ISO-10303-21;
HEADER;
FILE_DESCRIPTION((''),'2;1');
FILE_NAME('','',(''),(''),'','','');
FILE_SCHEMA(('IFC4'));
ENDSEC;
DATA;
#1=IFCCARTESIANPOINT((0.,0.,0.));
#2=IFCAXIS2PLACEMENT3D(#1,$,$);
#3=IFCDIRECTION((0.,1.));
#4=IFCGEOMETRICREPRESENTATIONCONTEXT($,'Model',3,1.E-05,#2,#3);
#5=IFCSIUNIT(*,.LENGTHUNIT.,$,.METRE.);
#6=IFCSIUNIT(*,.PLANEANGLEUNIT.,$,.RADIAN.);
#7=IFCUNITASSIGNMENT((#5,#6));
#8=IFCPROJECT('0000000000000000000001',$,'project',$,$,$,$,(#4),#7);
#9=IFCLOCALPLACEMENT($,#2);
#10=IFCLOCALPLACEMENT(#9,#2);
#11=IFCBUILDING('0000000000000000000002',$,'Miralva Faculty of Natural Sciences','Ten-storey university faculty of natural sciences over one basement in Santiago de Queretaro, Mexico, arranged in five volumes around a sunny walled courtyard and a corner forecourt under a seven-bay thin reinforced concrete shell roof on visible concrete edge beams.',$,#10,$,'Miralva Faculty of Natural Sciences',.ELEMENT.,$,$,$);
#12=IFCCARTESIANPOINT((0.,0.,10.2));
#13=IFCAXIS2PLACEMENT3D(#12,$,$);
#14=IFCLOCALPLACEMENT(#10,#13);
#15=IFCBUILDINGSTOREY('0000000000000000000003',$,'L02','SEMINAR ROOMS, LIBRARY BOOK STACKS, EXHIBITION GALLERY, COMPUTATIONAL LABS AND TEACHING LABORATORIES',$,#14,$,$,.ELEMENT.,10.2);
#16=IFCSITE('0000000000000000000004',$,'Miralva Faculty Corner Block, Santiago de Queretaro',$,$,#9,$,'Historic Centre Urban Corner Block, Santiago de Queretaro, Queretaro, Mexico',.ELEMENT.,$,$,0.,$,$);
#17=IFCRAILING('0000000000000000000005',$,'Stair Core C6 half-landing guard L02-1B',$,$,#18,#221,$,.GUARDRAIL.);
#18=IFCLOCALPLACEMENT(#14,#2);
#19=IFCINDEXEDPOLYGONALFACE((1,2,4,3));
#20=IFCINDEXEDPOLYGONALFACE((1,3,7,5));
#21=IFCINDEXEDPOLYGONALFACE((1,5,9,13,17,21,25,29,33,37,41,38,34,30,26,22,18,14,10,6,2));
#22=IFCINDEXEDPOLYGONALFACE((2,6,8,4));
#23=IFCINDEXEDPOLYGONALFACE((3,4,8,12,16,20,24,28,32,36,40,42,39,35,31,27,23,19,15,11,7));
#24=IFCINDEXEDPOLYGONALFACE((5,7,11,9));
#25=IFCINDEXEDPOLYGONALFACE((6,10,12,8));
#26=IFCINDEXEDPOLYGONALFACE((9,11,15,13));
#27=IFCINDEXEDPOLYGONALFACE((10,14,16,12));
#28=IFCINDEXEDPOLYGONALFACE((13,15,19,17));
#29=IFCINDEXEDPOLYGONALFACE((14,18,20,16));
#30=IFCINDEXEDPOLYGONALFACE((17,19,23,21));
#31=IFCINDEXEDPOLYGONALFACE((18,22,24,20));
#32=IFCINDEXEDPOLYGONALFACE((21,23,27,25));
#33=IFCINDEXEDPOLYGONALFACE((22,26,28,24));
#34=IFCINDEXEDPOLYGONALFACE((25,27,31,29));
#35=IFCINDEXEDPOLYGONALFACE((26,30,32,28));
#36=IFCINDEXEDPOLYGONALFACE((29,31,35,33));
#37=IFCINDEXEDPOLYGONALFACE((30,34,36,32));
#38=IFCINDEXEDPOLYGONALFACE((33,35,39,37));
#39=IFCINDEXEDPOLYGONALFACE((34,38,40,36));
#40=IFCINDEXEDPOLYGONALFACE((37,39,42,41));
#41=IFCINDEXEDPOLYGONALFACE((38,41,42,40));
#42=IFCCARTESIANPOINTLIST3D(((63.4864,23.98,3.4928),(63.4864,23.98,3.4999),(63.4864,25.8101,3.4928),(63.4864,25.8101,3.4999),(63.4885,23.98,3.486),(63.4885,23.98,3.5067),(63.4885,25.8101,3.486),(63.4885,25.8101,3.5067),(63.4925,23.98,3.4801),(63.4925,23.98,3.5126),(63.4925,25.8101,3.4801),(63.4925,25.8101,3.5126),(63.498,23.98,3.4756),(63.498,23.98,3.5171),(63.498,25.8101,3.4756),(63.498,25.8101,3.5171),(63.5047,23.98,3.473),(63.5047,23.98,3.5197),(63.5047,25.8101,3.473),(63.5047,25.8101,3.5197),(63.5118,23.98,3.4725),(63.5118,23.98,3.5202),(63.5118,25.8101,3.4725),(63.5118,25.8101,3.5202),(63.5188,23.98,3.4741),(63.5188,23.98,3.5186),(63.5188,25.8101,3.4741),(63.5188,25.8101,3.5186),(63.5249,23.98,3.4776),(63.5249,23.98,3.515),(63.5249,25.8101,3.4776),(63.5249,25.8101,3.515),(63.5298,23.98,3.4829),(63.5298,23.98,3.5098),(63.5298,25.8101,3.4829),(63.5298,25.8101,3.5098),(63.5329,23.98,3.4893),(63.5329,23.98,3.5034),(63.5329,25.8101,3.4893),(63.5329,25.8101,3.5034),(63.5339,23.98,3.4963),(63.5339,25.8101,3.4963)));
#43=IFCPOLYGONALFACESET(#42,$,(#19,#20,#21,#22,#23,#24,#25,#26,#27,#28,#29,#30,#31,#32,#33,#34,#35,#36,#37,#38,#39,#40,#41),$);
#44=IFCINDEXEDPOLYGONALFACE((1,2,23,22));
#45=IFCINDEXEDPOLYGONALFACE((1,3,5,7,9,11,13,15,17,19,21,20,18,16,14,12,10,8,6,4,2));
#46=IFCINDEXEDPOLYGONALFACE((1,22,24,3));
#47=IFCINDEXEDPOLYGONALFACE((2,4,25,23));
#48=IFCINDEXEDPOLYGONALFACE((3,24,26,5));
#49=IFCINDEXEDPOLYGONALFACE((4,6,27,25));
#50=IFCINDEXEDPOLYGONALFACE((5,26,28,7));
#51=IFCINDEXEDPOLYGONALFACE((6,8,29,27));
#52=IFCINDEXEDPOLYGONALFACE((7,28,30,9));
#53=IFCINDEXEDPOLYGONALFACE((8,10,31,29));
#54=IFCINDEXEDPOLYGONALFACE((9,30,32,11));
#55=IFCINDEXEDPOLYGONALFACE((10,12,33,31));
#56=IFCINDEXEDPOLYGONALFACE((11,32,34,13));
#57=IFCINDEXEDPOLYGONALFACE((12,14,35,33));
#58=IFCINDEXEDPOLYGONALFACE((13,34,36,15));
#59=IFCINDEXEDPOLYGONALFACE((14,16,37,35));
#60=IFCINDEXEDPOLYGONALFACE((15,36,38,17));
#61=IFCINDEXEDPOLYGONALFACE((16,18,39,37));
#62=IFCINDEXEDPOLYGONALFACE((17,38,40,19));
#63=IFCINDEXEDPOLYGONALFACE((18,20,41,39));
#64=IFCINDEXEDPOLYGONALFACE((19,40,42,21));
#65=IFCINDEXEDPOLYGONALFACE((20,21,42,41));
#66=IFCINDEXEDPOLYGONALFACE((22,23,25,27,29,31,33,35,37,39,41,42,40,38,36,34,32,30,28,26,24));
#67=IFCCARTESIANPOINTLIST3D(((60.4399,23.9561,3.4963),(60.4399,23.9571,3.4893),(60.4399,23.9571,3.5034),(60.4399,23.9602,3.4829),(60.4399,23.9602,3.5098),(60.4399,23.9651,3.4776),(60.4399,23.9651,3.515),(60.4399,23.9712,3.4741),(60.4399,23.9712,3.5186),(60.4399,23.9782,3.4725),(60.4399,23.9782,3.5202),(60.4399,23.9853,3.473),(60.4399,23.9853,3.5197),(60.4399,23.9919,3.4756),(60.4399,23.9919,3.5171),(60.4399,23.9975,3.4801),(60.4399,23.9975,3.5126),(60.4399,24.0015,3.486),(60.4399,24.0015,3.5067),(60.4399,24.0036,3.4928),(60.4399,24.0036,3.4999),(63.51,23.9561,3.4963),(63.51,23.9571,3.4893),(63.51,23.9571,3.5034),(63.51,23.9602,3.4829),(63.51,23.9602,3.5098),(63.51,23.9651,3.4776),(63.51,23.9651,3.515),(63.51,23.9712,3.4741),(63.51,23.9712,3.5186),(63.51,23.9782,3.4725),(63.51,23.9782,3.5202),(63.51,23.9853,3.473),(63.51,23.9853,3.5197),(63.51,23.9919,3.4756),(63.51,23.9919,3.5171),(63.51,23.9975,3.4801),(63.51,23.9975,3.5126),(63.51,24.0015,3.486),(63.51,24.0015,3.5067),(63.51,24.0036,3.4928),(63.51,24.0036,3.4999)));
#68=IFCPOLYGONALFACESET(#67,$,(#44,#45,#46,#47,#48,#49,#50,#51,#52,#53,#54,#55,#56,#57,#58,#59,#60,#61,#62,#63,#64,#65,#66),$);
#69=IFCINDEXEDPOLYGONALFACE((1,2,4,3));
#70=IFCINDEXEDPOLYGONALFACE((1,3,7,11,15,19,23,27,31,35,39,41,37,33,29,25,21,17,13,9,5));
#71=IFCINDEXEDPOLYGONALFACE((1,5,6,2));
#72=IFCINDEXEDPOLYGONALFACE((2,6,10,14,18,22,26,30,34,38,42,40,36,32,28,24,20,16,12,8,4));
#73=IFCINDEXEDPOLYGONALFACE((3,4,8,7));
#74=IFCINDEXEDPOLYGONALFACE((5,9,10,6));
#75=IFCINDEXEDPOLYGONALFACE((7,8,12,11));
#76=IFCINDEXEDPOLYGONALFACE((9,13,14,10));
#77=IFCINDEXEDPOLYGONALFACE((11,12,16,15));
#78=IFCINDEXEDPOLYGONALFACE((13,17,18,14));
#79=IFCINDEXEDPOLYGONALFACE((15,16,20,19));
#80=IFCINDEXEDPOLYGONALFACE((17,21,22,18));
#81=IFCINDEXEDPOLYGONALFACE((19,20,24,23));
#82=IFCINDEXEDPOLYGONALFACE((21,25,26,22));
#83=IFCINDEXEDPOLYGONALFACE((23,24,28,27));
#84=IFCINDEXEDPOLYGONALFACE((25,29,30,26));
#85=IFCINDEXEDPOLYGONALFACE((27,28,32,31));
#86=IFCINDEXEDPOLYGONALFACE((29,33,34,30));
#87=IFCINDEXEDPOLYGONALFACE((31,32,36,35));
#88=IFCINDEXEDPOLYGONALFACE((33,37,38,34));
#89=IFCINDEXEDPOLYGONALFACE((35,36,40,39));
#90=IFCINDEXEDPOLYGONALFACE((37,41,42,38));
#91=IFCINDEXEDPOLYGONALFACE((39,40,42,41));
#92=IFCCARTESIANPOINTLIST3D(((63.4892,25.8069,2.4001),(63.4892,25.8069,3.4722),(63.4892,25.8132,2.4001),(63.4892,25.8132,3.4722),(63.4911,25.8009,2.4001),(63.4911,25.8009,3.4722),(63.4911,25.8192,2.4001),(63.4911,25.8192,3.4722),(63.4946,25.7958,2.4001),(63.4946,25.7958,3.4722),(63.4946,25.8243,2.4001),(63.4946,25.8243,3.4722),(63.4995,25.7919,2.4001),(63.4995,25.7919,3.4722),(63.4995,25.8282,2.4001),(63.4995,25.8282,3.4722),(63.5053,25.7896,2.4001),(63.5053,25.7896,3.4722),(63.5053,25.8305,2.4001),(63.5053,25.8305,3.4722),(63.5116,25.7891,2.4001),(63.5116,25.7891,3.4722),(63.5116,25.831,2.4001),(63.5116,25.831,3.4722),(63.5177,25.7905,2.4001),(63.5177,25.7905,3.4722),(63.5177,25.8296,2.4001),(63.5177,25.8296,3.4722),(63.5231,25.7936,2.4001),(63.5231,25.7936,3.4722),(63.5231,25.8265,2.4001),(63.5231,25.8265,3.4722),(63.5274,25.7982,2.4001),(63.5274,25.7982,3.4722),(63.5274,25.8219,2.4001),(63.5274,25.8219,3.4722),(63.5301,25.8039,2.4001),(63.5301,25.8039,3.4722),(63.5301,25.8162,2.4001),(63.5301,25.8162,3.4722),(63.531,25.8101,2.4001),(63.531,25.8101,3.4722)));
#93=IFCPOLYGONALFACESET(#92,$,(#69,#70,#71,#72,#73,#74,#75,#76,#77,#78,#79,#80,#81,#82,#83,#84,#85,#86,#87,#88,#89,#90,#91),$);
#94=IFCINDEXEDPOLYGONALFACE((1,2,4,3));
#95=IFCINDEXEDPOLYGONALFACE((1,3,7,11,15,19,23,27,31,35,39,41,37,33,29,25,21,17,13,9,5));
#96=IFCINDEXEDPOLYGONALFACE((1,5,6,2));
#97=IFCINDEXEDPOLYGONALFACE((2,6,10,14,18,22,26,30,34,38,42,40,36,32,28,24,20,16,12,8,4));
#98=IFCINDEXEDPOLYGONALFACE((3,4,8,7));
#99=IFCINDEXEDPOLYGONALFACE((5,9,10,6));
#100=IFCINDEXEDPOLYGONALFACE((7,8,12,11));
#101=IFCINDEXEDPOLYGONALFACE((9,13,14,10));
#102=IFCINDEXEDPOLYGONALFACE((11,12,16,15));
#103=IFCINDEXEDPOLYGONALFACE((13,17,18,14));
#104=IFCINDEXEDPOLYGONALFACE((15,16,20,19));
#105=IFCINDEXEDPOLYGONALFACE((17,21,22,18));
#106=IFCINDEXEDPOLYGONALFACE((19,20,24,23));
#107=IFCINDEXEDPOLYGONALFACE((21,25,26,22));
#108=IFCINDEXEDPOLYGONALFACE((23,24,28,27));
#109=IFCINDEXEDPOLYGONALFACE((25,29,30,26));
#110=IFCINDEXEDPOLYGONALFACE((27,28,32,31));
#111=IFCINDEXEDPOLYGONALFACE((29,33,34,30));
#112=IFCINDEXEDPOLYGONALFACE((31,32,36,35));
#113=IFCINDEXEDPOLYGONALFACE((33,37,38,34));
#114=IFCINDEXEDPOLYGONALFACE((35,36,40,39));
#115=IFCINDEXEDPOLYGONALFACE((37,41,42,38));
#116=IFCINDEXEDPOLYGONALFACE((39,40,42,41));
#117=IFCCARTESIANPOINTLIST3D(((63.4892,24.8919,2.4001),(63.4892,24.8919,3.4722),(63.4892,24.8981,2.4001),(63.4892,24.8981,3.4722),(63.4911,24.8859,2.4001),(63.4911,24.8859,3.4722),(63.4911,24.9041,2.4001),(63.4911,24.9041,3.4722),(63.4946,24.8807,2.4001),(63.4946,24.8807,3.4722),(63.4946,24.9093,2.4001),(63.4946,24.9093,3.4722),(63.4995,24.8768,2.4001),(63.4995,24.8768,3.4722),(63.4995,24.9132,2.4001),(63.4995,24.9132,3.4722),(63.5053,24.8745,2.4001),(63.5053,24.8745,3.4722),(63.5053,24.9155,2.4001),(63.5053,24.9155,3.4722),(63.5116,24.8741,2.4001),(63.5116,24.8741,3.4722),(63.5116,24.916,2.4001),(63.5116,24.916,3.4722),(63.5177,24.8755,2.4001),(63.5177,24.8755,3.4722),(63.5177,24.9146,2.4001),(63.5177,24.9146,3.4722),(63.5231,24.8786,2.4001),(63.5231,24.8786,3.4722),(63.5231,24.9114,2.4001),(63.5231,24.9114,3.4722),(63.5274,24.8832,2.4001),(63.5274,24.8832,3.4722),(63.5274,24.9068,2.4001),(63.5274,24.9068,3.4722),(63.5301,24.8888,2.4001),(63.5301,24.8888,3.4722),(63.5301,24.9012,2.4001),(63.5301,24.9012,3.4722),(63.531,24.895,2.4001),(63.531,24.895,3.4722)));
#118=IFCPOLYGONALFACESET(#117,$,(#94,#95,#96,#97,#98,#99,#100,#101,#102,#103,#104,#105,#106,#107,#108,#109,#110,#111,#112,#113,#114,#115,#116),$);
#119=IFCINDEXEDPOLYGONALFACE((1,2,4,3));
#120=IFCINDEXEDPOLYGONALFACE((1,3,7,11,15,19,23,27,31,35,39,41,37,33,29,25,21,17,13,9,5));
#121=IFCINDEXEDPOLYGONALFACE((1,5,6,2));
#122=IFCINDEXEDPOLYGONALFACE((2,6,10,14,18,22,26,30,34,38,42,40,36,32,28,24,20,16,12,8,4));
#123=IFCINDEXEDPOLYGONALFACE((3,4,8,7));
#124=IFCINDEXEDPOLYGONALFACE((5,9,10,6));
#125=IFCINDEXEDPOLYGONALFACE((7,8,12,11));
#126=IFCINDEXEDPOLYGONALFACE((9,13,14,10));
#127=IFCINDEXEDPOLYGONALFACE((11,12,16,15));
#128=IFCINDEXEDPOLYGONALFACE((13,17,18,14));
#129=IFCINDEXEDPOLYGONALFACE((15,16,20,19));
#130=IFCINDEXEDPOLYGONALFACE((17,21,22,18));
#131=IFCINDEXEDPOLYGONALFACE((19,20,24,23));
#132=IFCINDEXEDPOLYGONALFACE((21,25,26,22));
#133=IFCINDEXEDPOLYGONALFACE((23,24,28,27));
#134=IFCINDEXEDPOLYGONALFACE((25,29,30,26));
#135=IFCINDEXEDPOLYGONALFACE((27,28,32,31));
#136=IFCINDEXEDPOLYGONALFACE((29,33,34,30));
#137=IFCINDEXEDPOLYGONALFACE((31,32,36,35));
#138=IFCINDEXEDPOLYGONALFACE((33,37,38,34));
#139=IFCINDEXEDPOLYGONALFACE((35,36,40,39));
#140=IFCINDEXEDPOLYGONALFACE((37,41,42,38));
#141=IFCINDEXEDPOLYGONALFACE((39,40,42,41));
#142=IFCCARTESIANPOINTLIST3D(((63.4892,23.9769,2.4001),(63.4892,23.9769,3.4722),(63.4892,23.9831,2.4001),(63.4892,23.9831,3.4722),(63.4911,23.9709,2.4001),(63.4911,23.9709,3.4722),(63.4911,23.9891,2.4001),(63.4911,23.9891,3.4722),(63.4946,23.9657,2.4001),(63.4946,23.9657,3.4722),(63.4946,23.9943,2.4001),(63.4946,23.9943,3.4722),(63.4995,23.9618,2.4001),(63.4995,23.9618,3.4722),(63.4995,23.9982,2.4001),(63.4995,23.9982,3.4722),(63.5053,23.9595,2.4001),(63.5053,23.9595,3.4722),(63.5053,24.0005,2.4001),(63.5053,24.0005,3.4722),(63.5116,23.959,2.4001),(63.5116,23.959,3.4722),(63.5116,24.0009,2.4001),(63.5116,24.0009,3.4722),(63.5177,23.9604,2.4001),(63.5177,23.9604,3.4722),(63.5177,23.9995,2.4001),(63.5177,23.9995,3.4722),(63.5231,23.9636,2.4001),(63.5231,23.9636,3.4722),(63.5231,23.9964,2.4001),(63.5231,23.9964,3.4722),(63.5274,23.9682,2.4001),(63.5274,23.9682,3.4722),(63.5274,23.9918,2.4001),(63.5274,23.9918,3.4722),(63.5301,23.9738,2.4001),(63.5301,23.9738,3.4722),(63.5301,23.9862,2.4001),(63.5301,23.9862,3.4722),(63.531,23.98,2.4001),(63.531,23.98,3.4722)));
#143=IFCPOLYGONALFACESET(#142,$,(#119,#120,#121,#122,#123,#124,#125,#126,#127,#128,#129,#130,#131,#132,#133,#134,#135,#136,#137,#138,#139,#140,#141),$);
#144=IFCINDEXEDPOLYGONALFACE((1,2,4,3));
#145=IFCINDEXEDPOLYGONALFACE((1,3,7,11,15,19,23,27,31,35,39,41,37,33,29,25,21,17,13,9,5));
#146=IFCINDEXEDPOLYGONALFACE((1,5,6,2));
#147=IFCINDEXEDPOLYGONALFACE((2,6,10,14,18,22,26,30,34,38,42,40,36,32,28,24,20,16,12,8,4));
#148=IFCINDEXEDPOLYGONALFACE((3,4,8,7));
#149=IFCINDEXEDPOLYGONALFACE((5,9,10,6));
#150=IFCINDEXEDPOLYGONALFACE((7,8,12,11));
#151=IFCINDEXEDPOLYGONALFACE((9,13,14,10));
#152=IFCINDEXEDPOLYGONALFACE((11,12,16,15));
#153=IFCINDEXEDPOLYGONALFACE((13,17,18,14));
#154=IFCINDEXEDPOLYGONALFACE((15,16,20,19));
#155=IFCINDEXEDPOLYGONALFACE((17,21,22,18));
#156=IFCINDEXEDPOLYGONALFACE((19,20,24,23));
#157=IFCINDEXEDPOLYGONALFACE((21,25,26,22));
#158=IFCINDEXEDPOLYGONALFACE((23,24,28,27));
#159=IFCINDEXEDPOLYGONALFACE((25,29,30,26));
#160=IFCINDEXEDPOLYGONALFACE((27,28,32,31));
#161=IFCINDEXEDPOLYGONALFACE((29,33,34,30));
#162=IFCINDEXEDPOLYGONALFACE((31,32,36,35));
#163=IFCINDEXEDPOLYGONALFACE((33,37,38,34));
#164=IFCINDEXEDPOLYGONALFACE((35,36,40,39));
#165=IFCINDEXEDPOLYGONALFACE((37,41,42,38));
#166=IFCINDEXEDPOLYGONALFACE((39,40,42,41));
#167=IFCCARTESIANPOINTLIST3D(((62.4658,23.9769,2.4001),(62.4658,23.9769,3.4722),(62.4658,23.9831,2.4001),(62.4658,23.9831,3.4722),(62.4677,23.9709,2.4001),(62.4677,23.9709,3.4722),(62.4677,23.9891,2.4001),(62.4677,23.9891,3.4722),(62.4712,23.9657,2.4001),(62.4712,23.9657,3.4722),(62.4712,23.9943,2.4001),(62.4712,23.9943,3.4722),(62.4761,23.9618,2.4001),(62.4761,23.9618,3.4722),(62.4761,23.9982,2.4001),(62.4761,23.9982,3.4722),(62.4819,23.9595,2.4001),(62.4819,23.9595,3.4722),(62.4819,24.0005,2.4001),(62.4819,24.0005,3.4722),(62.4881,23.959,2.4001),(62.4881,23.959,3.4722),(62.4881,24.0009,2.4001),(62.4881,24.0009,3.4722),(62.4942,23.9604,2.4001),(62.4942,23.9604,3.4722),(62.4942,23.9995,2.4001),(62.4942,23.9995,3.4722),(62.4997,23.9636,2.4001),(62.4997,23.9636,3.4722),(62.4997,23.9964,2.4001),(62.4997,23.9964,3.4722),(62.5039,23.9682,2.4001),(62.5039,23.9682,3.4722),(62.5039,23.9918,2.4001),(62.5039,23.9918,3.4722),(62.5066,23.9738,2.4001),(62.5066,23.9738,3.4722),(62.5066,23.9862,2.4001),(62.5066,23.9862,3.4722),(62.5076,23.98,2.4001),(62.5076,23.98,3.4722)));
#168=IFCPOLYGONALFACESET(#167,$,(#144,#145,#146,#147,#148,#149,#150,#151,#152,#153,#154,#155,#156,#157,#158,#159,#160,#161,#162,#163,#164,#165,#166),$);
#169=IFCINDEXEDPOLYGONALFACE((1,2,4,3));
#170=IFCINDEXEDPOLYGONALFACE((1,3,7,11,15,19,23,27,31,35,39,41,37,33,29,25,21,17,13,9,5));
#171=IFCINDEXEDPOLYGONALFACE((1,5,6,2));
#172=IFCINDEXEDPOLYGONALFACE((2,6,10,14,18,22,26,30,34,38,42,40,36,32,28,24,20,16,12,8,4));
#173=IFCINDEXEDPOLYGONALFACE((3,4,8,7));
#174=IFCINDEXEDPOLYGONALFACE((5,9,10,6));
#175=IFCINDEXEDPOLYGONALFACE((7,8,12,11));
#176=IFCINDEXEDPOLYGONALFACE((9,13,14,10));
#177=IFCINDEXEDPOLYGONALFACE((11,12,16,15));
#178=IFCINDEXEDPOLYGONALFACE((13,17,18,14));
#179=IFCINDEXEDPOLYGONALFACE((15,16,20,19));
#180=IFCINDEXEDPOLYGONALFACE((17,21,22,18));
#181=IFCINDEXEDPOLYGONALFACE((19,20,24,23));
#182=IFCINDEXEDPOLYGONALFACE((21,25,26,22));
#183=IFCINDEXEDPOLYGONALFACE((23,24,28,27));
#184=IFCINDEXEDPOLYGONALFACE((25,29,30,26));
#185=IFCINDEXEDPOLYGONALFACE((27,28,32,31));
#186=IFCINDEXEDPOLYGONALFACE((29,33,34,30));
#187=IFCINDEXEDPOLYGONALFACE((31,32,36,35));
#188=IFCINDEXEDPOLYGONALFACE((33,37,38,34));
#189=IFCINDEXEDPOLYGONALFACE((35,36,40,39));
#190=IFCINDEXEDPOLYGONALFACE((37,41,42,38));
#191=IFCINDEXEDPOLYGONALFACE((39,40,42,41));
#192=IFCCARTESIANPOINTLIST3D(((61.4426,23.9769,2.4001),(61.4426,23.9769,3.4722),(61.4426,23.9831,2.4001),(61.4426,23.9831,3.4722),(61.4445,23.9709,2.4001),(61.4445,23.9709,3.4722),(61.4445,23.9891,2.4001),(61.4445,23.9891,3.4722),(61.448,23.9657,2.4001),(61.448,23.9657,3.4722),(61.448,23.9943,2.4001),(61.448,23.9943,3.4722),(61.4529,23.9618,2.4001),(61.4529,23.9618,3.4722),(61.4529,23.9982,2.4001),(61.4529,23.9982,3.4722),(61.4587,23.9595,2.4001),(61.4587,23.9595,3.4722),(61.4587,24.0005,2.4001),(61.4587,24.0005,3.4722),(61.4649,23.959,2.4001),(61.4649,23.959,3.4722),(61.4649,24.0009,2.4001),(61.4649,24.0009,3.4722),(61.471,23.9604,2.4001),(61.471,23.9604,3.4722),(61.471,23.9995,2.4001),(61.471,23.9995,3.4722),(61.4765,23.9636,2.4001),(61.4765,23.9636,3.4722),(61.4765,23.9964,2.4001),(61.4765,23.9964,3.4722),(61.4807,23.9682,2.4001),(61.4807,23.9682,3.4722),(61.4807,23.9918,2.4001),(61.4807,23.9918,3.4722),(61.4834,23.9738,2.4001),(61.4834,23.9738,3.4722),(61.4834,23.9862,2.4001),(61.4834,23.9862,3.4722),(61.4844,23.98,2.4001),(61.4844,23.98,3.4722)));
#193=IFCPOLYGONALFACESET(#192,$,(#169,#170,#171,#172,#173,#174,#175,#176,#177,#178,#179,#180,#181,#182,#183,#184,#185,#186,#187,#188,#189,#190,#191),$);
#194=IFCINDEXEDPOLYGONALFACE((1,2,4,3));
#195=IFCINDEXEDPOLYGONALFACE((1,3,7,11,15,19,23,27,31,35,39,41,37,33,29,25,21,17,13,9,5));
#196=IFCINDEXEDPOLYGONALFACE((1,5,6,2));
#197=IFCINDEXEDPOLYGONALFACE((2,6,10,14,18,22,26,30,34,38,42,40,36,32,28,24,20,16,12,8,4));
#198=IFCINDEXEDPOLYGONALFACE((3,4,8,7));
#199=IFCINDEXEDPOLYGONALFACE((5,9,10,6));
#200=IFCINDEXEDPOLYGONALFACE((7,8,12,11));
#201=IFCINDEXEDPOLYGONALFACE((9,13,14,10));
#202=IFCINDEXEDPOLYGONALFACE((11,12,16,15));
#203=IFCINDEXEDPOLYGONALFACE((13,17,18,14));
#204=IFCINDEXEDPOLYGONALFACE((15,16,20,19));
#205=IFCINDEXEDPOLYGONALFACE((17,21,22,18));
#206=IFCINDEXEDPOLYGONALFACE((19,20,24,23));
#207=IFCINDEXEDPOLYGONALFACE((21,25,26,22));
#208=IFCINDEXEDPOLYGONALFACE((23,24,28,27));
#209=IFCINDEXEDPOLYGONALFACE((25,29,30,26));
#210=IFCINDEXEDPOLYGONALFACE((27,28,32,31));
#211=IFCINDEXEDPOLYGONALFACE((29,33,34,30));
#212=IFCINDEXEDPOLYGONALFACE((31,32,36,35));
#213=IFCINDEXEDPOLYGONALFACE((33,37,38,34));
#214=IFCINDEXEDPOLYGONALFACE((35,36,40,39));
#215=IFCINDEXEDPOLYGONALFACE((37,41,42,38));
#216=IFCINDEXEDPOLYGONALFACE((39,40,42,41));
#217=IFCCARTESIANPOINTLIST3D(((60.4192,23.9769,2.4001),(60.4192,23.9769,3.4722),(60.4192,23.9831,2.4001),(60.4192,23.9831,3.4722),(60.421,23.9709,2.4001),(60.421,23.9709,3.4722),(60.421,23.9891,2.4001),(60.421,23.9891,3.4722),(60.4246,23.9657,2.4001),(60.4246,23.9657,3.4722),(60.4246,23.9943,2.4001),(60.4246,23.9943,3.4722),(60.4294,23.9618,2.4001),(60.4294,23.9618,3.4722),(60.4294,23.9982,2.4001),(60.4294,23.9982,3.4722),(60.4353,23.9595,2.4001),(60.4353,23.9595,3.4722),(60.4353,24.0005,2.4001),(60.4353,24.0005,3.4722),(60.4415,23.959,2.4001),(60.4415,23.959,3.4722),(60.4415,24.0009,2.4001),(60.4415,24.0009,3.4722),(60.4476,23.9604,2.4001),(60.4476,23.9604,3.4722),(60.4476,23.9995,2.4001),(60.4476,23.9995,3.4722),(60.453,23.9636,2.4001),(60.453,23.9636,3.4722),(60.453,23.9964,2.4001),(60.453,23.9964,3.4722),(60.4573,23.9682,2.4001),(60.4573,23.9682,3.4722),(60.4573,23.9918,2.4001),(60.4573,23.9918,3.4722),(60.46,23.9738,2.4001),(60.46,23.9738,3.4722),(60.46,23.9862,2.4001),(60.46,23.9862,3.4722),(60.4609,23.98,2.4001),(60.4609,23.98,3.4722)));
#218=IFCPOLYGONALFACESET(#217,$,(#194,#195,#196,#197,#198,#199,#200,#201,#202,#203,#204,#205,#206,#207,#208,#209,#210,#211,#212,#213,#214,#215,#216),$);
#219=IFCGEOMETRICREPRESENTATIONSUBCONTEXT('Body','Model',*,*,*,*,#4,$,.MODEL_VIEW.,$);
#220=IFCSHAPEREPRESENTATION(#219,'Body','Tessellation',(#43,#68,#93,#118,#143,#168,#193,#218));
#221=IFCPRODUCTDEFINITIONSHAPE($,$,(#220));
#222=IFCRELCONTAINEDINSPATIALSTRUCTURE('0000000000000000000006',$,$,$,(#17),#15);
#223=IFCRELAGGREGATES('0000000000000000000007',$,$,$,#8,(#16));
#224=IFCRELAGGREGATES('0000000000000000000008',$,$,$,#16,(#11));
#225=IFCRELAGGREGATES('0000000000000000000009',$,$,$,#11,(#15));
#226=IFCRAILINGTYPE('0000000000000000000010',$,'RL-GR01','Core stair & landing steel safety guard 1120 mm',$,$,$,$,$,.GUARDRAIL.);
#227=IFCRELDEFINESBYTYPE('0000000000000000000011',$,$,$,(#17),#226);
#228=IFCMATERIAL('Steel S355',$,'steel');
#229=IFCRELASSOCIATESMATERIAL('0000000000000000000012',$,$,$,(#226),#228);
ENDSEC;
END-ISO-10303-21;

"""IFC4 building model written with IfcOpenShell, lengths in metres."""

from ifc_helpers import new_model, si_unit, direction, frame, origin, origin_2d, place, context, subcontext, project, spatial, circle, extrude, material, type_object, element, save


model = new_model("IFC4")

# Units and contexts
model_context = context("Model", 3, precision=1e-05, world=origin(), true_north=direction((0.0, 1.0)))
body_context = subcontext(model_context, "Body", "Model", "MODEL_VIEW")
ifc_project = project(units=[si_unit("LENGTHUNIT", "METRE"), si_unit("PLANEANGLEUNIT", "RADIAN")], contexts=[model_context])

# Site, building, storey
site_placement = place(None, origin())
site = spatial("IfcSite", under=ifc_project, at=site_placement, Name="Miralva Faculty Corner Block, Santiago de Queretaro", LongName="Historic Centre Urban Corner Block, Santiago de Queretaro, Queretaro, Mexico", CompositionType="ELEMENT", RefElevation=0.0)
building_placement = place(site_placement, origin())
building = spatial("IfcBuilding", under=site, at=building_placement, Name="Miralva Faculty of Natural Sciences", Description="Ten-storey university faculty of natural sciences over one basement in Santiago de Queretaro, Mexico, arranged in five volumes around a sunny walled courtyard and a corner forecourt under a seven-bay thin reinforced concrete shell roof on visible concrete edge beams.", LongName="Miralva Faculty of Natural Sciences", CompositionType="ELEMENT")
storey_placement = place(building_placement, frame((0.0, 0.0, 10.2)))
storey = spatial("IfcBuildingStorey", under=building, at=storey_placement, Name="L02", Description="SEMINAR ROOMS, LIBRARY BOOK STACKS, EXHIBITION GALLERY, COMPUTATIONAL LABS AND TEACHING LABORATORIES", CompositionType="ELEMENT", Elevation=10.2)

# Railing
ifc_material_1 = material(Name="Steel S355", Category="steel")
railing_type_1 = type_object("IfcRailingType", Name="RL-GR01", Description="Core stair & landing steel safety guard 1120 mm", PredefinedType="GUARDRAIL", material=ifc_material_1)
railing_1_placement = place(storey_placement, frame((63.51, 25.8101, 2.4001)))
element("IfcRailing", 1, at=railing_1_placement, inside=storey, type_object=railing_type_1, Name="Stair Core C6 half-landing guard L02-1B", PredefinedType="GUARDRAIL", context=body_context, shape_type="SweptSolid", body=[
    extrude(circle(Radius=0.0239, at=origin_2d()), frame((0.0, 0.0, 1.0962), z_axis=(0.0, -1.0, 0.0), x_axis=(1.0, 0.0, 0.0)), (0.0, 0.0, 1.0), 1.8301),
    extrude(circle(Radius=0.0239, at=origin_2d()), frame((0.0, -1.8301, 1.0962), z_axis=(-1.0, 0.0, 0.0), x_axis=(0.0, -1.0, 0.0)), (0.0, 0.0, 1.0), 3.0701),
    extrude(circle(Radius=0.021, at=origin_2d()), origin(), (0.0, 0.0, 1.0), 1.072),
    extrude(circle(Radius=0.021, at=origin_2d()), frame((0.0, -0.915, 0.0)), (0.0, 0.0, 1.0), 1.072),
    extrude(circle(Radius=0.021, at=origin_2d()), frame((0.0, -1.8301, 0.0)), (0.0, 0.0, 1.0), 1.072),
    extrude(circle(Radius=0.021, at=origin_2d()), frame((-1.0234, -1.8301, 0.0)), (0.0, 0.0, 1.0), 1.072),
    extrude(circle(Radius=0.021, at=origin_2d()), frame((-2.0466, -1.8301, 0.0)), (0.0, 0.0, 1.0), 1.072),
    extrude(circle(Radius=0.021, at=origin_2d()), frame((-3.0701, -1.8301, 0.0)), (0.0, 0.0, 1.0), 1.072),
])

save(model, "model.ifc")
